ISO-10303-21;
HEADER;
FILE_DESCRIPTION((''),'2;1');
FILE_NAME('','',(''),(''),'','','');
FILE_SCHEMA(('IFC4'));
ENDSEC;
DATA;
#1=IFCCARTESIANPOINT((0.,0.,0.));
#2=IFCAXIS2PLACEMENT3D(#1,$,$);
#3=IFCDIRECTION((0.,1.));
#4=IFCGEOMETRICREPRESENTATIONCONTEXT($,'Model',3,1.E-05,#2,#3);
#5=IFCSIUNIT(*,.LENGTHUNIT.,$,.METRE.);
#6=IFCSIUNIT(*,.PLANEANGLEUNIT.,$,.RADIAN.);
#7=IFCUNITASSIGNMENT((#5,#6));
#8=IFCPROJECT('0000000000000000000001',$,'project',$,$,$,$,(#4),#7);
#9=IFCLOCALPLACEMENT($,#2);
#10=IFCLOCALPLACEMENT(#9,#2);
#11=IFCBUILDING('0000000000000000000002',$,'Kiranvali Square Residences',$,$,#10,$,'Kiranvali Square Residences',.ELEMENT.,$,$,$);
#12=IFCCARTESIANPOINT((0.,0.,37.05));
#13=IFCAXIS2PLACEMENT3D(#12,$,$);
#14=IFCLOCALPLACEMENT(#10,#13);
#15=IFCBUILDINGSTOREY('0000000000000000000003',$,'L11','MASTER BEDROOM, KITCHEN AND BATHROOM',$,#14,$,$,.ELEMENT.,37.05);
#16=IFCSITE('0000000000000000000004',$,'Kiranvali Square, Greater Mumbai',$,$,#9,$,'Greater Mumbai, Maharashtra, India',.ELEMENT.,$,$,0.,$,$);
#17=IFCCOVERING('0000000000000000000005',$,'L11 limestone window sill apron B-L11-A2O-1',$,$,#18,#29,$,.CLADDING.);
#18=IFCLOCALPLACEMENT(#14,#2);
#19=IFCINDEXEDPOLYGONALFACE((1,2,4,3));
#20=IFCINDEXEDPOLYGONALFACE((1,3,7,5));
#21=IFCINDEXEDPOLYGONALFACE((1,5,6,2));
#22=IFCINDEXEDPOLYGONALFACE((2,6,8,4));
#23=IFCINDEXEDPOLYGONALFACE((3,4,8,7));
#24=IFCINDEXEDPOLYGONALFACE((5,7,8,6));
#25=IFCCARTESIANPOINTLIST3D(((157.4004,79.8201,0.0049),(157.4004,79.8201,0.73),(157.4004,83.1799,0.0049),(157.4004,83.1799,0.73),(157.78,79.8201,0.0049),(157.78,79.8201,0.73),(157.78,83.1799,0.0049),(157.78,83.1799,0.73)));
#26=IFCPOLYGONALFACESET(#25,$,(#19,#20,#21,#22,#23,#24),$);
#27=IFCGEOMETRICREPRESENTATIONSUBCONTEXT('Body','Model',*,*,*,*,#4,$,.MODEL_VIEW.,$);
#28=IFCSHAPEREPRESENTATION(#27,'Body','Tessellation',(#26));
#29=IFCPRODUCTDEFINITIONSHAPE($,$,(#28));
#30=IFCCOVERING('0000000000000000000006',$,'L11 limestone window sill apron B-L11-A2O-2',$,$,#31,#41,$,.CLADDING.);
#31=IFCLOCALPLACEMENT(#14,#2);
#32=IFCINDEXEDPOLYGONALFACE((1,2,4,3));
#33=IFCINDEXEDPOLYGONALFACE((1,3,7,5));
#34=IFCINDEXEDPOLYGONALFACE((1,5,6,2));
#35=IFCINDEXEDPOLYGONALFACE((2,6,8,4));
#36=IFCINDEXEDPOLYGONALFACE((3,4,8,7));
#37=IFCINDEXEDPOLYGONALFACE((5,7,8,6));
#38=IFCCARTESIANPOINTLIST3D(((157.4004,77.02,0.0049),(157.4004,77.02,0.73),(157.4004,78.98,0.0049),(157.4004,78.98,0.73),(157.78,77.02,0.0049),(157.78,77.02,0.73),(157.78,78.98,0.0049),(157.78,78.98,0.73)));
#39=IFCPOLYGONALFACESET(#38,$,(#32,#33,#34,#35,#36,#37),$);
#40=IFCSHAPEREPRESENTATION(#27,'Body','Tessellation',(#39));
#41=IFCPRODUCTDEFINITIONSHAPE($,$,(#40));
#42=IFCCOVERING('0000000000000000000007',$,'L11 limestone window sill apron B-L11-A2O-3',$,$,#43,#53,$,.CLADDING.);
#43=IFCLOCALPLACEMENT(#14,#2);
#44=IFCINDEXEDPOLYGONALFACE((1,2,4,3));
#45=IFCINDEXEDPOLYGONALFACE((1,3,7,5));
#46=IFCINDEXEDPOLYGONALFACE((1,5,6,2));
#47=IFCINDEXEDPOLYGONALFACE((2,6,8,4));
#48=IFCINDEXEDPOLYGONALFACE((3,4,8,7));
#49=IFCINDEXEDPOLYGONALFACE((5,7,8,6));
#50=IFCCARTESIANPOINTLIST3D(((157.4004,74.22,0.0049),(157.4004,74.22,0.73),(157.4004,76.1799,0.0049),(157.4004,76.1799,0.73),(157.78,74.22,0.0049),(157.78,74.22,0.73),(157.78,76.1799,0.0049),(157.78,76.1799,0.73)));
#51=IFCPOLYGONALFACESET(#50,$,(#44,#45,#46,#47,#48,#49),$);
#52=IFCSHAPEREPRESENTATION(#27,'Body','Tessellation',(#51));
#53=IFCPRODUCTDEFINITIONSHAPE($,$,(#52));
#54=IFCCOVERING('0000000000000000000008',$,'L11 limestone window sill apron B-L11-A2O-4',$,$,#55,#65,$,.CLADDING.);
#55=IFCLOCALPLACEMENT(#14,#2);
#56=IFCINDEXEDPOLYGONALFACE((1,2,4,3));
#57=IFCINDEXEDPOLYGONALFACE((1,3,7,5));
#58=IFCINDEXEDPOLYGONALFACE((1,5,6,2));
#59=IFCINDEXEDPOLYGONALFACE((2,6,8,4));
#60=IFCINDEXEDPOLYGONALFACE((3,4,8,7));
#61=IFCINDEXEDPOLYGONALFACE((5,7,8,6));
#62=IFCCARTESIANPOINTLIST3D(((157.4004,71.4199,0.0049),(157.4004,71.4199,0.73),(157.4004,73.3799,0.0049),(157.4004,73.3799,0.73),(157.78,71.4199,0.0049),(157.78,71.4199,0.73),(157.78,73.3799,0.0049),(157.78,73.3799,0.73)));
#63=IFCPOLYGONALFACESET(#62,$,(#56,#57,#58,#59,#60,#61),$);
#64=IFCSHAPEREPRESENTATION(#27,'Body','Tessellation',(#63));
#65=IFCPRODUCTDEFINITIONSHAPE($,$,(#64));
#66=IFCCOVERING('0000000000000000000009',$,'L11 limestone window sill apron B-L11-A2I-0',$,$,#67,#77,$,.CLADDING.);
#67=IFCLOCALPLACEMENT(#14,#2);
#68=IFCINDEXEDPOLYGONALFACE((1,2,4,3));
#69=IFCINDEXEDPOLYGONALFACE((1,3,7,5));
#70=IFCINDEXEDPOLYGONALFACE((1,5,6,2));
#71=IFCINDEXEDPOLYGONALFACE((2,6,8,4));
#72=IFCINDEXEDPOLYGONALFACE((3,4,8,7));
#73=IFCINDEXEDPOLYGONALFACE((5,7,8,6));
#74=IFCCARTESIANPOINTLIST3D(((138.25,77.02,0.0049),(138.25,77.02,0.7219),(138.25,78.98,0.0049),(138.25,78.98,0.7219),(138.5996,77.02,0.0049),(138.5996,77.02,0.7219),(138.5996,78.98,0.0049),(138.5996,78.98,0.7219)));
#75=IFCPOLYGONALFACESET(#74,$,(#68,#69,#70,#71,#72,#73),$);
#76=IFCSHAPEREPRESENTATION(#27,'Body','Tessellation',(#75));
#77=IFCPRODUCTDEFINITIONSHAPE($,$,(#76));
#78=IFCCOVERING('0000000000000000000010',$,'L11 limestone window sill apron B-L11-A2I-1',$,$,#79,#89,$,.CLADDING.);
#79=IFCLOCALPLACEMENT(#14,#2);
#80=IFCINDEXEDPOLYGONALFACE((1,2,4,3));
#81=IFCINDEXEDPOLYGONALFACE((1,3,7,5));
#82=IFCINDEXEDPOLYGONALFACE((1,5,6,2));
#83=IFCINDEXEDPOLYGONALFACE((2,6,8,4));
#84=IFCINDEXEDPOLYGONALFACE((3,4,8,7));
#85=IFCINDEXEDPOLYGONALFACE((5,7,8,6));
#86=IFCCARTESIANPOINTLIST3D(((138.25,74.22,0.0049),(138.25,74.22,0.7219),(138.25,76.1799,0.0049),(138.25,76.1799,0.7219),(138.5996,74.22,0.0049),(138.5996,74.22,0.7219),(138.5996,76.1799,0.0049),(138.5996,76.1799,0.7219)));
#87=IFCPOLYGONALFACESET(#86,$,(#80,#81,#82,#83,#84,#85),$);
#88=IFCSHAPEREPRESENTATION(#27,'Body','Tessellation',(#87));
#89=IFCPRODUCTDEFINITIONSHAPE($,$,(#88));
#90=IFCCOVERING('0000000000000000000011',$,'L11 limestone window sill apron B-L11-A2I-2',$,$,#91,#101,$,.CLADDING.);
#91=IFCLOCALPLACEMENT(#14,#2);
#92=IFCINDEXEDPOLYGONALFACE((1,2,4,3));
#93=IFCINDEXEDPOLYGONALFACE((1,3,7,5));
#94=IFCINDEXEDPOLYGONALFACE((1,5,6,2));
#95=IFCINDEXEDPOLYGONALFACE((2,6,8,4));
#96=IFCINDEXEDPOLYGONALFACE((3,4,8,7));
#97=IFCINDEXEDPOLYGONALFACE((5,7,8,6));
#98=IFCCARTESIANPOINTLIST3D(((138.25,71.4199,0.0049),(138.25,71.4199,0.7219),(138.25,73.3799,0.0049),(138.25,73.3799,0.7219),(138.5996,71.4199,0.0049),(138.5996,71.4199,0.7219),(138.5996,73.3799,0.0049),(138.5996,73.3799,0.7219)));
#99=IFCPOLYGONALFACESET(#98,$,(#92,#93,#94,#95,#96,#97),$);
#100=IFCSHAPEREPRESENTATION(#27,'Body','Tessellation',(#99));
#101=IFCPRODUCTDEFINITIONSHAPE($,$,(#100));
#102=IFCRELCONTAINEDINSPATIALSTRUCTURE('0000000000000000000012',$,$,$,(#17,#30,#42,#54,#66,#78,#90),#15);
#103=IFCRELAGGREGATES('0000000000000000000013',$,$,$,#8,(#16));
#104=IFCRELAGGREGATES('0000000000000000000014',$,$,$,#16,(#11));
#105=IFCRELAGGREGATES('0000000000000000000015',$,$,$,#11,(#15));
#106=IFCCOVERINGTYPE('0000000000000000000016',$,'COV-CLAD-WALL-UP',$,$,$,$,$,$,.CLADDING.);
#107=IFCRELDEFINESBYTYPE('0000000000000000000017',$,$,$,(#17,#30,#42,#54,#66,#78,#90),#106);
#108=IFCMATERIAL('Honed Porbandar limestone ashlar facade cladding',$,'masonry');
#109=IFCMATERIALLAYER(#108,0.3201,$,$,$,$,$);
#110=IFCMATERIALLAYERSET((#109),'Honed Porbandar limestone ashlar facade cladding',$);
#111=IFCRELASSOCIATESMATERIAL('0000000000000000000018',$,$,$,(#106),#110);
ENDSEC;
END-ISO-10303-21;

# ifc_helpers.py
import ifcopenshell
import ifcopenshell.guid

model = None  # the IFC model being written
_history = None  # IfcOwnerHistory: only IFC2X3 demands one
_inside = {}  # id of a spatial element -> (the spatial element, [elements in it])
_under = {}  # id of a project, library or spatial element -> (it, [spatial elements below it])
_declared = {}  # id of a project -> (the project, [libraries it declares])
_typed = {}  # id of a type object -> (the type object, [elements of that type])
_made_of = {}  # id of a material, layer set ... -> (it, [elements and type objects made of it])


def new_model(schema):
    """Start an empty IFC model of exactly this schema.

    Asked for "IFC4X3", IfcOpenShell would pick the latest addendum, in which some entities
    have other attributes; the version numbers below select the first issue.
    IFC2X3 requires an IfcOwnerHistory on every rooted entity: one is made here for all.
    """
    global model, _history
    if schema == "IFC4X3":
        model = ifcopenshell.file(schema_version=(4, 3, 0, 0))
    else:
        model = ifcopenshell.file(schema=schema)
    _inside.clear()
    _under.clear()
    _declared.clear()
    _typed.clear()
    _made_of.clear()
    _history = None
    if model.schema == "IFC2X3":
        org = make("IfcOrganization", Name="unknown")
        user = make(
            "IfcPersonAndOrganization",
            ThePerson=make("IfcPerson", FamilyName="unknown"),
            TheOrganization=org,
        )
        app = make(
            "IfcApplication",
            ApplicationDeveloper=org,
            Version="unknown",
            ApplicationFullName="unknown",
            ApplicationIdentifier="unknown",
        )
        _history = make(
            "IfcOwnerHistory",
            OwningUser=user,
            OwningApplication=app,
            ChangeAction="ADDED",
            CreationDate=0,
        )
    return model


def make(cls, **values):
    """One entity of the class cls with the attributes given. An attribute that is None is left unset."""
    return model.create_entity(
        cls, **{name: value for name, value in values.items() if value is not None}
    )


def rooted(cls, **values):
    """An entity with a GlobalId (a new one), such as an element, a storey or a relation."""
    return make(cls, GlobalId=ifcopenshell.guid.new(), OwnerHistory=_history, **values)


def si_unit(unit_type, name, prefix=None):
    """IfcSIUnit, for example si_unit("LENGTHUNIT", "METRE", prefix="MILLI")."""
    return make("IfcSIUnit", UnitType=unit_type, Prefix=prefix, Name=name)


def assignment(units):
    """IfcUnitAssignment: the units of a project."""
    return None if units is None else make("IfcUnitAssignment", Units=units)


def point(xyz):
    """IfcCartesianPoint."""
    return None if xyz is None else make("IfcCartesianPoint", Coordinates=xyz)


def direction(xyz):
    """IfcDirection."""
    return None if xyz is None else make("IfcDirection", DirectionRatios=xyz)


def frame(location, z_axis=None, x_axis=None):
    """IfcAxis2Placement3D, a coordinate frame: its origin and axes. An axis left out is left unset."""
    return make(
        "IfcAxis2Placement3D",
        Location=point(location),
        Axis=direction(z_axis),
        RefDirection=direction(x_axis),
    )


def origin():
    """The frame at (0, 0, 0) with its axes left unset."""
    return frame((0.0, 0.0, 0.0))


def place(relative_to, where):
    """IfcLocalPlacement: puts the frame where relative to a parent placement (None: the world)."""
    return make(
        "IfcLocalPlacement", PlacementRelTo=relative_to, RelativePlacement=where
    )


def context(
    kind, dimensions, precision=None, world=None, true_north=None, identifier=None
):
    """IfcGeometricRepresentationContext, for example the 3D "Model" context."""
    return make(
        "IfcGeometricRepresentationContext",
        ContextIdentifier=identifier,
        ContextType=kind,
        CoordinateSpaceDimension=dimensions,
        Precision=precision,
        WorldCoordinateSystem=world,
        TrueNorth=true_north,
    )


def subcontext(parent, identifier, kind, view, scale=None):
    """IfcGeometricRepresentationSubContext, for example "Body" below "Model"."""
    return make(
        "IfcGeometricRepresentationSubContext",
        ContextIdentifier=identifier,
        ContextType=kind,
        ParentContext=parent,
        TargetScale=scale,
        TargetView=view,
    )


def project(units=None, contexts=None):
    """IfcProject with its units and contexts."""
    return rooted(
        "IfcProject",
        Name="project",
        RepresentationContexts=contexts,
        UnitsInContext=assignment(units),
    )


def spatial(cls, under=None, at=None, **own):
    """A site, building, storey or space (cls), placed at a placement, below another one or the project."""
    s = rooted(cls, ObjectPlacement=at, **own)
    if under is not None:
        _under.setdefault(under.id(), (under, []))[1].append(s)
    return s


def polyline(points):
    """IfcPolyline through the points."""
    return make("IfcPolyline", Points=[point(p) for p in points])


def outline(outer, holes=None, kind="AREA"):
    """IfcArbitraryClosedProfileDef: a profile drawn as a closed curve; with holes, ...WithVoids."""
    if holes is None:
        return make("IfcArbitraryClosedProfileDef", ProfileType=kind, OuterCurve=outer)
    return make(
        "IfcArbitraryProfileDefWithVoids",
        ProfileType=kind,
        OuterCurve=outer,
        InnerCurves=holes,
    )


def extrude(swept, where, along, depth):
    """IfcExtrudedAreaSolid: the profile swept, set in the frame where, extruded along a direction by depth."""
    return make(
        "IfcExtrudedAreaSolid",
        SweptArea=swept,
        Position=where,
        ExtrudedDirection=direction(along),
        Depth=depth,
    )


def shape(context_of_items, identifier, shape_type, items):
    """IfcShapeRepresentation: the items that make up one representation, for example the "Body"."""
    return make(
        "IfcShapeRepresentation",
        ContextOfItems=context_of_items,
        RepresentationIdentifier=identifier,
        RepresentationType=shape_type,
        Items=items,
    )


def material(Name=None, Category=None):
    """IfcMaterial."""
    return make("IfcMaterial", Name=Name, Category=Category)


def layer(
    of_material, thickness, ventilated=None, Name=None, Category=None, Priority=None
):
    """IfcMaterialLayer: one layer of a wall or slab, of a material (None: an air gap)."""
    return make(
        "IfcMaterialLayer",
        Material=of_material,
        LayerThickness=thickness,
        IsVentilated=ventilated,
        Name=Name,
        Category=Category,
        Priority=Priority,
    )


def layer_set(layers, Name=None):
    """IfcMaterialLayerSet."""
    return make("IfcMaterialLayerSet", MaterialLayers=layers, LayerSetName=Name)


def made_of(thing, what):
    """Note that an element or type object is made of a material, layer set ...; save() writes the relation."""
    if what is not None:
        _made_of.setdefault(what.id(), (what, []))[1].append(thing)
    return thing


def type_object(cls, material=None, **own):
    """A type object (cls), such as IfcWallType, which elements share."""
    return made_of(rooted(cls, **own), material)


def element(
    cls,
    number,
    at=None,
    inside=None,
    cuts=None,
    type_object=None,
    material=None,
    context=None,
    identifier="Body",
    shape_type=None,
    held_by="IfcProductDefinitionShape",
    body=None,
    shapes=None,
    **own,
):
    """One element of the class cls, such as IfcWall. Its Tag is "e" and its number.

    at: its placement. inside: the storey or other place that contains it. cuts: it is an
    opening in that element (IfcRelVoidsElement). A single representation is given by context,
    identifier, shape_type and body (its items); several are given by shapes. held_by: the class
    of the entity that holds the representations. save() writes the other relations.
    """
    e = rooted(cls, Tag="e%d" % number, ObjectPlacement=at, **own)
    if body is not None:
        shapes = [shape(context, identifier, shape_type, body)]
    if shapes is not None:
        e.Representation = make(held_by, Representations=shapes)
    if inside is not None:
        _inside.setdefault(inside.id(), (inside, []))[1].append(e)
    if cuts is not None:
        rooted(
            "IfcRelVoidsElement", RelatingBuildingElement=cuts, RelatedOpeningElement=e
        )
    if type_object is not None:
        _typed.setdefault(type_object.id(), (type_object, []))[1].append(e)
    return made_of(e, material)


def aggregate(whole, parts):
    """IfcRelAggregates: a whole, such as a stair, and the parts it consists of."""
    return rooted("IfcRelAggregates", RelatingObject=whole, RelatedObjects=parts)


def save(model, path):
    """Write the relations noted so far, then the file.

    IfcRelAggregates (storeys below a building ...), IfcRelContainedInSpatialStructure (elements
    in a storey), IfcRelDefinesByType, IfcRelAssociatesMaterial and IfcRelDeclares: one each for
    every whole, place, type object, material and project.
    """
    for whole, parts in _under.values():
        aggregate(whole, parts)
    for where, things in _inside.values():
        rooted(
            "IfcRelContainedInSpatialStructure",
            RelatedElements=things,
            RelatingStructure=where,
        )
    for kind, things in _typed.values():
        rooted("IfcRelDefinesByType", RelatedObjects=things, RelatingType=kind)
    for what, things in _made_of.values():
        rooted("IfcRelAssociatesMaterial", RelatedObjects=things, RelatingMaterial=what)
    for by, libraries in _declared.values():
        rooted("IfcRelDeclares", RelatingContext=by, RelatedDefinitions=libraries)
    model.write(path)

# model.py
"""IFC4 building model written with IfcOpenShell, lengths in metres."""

from ifc_helpers import new_model, si_unit, direction, frame, origin, place, context, subcontext, project, spatial, polyline, outline, extrude, material, layer, layer_set, type_object, element, save


model = new_model("IFC4")

# Units and contexts
model_context = context("Model", 3, precision=1e-05, world=origin(), true_north=direction((0.0, 1.0)))
body_context = subcontext(model_context, "Body", "Model", "MODEL_VIEW")
ifc_project = project(units=[si_unit("LENGTHUNIT", "METRE"), si_unit("PLANEANGLEUNIT", "RADIAN")], contexts=[model_context])

# Site, building, storey
site_placement = place(None, origin())
site = spatial("IfcSite", under=ifc_project, at=site_placement, Name="Kiranvali Square, Greater Mumbai", LongName="Greater Mumbai, Maharashtra, India", CompositionType="ELEMENT", RefElevation=0.0)
building_placement = place(site_placement, origin())
building = spatial("IfcBuilding", under=site, at=building_placement, Name="Kiranvali Square Residences", LongName="Kiranvali Square Residences", CompositionType="ELEMENT")
storey_placement = place(building_placement, frame((0.0, 0.0, 37.05)))
storey = spatial("IfcBuildingStorey", under=building, at=storey_placement, Name="L11", Description="MASTER BEDROOM, KITCHEN AND BATHROOM", CompositionType="ELEMENT", Elevation=37.05)

# Coverings
ifc_material = material(Name="Honed Porbandar limestone ashlar facade cladding", Category="masonry")
ifc_layer_1 = layer(ifc_material, 0.3201)
ifc_layer_set_1 = layer_set([ifc_layer_1], Name="Honed Porbandar limestone ashlar facade cladding")
covering_type_1 = type_object("IfcCoveringType", Name="COV-CLAD-WALL-UP", PredefinedType="CLADDING", material=ifc_layer_set_1)
covering_1_placement = place(storey_placement, frame((0.0, 0.0, 0.0049)))
element("IfcCovering", 1, at=covering_1_placement, inside=storey, type_object=covering_type_1, Name="L11 limestone window sill apron B-L11-A2O-1", PredefinedType="CLADDING", context=body_context, shape_type="SweptSolid", body=[
    extrude(outline(polyline([(157.4004, 83.1799), (157.4004, 79.8201), (157.78, 79.8201), (157.78, 83.1799), (157.4004, 83.1799)])), origin(), (0.0, 0.0, 1.0), 0.7251),
])
covering_2_placement = place(storey_placement, frame((0.0, 0.0, 0.0049)))
element("IfcCovering", 2, at=covering_2_placement, inside=storey, type_object=covering_type_1, Name="L11 limestone window sill apron B-L11-A2O-2", PredefinedType="CLADDING", context=body_context, shape_type="SweptSolid", body=[
    extrude(outline(polyline([(157.4004, 78.98), (157.4004, 77.02), (157.78, 77.02), (157.78, 78.98), (157.4004, 78.98)])), origin(), (0.0, 0.0, 1.0), 0.7251),
])
covering_3_placement = place(storey_placement, frame((0.0, 0.0, 0.0049)))
element("IfcCovering", 3, at=covering_3_placement, inside=storey, type_object=covering_type_1, Name="L11 limestone window sill apron B-L11-A2O-3", PredefinedType="CLADDING", context=body_context, shape_type="SweptSolid", body=[
    extrude(outline(polyline([(157.4004, 76.1799), (157.4004, 74.22), (157.78, 74.22), (157.78, 76.1799), (157.4004, 76.1799)])), origin(), (0.0, 0.0, 1.0), 0.7251),
])
covering_4_placement = place(storey_placement, frame((0.0, 0.0, 0.0049)))
element("IfcCovering", 4, at=covering_4_placement, inside=storey, type_object=covering_type_1, Name="L11 limestone window sill apron B-L11-A2O-4", PredefinedType="CLADDING", context=body_context, shape_type="SweptSolid", body=[
    extrude(outline(polyline([(157.4004, 73.3799), (157.4004, 71.4199), (157.78, 71.4199), (157.78, 73.3799), (157.4004, 73.3799)])), origin(), (0.0, 0.0, 1.0), 0.7251),
])
covering_5_placement = place(storey_placement, frame((0.0, 0.0, 0.0049)))
element("IfcCovering", 5, at=covering_5_placement, inside=storey, type_object=covering_type_1, Name="L11 limestone window sill apron B-L11-A2I-0", PredefinedType="CLADDING", context=body_context, shape_type="SweptSolid", body=[
    extrude(outline(polyline([(138.25, 78.98), (138.25, 77.02), (138.5996, 77.02), (138.5996, 78.98), (138.25, 78.98)])), origin(), (0.0, 0.0, 1.0), 0.717),
])
covering_6_placement = place(storey_placement, frame((0.0, 0.0, 0.0049)))
element("IfcCovering", 6, at=covering_6_placement, inside=storey, type_object=covering_type_1, Name="L11 limestone window sill apron B-L11-A2I-1", PredefinedType="CLADDING", context=body_context, shape_type="SweptSolid", body=[
    extrude(outline(polyline([(138.25, 76.1799), (138.25, 74.22), (138.5996, 74.22), (138.5996, 76.1799), (138.25, 76.1799)])), origin(), (0.0, 0.0, 1.0), 0.717),
])
covering_7_placement = place(storey_placement, frame((0.0, 0.0, 0.0049)))
element("IfcCovering", 7, at=covering_7_placement, inside=storey, type_object=covering_type_1, Name="L11 limestone window sill apron B-L11-A2I-2", PredefinedType="CLADDING", context=body_context, shape_type="SweptSolid", body=[
    extrude(outline(polyline([(138.25, 73.3799), (138.25, 71.4199), (138.5996, 71.4199), (138.5996, 73.3799), (138.25, 73.3799)])), origin(), (0.0, 0.0, 1.0), 0.717),
])

save(model, "model.ifc")
